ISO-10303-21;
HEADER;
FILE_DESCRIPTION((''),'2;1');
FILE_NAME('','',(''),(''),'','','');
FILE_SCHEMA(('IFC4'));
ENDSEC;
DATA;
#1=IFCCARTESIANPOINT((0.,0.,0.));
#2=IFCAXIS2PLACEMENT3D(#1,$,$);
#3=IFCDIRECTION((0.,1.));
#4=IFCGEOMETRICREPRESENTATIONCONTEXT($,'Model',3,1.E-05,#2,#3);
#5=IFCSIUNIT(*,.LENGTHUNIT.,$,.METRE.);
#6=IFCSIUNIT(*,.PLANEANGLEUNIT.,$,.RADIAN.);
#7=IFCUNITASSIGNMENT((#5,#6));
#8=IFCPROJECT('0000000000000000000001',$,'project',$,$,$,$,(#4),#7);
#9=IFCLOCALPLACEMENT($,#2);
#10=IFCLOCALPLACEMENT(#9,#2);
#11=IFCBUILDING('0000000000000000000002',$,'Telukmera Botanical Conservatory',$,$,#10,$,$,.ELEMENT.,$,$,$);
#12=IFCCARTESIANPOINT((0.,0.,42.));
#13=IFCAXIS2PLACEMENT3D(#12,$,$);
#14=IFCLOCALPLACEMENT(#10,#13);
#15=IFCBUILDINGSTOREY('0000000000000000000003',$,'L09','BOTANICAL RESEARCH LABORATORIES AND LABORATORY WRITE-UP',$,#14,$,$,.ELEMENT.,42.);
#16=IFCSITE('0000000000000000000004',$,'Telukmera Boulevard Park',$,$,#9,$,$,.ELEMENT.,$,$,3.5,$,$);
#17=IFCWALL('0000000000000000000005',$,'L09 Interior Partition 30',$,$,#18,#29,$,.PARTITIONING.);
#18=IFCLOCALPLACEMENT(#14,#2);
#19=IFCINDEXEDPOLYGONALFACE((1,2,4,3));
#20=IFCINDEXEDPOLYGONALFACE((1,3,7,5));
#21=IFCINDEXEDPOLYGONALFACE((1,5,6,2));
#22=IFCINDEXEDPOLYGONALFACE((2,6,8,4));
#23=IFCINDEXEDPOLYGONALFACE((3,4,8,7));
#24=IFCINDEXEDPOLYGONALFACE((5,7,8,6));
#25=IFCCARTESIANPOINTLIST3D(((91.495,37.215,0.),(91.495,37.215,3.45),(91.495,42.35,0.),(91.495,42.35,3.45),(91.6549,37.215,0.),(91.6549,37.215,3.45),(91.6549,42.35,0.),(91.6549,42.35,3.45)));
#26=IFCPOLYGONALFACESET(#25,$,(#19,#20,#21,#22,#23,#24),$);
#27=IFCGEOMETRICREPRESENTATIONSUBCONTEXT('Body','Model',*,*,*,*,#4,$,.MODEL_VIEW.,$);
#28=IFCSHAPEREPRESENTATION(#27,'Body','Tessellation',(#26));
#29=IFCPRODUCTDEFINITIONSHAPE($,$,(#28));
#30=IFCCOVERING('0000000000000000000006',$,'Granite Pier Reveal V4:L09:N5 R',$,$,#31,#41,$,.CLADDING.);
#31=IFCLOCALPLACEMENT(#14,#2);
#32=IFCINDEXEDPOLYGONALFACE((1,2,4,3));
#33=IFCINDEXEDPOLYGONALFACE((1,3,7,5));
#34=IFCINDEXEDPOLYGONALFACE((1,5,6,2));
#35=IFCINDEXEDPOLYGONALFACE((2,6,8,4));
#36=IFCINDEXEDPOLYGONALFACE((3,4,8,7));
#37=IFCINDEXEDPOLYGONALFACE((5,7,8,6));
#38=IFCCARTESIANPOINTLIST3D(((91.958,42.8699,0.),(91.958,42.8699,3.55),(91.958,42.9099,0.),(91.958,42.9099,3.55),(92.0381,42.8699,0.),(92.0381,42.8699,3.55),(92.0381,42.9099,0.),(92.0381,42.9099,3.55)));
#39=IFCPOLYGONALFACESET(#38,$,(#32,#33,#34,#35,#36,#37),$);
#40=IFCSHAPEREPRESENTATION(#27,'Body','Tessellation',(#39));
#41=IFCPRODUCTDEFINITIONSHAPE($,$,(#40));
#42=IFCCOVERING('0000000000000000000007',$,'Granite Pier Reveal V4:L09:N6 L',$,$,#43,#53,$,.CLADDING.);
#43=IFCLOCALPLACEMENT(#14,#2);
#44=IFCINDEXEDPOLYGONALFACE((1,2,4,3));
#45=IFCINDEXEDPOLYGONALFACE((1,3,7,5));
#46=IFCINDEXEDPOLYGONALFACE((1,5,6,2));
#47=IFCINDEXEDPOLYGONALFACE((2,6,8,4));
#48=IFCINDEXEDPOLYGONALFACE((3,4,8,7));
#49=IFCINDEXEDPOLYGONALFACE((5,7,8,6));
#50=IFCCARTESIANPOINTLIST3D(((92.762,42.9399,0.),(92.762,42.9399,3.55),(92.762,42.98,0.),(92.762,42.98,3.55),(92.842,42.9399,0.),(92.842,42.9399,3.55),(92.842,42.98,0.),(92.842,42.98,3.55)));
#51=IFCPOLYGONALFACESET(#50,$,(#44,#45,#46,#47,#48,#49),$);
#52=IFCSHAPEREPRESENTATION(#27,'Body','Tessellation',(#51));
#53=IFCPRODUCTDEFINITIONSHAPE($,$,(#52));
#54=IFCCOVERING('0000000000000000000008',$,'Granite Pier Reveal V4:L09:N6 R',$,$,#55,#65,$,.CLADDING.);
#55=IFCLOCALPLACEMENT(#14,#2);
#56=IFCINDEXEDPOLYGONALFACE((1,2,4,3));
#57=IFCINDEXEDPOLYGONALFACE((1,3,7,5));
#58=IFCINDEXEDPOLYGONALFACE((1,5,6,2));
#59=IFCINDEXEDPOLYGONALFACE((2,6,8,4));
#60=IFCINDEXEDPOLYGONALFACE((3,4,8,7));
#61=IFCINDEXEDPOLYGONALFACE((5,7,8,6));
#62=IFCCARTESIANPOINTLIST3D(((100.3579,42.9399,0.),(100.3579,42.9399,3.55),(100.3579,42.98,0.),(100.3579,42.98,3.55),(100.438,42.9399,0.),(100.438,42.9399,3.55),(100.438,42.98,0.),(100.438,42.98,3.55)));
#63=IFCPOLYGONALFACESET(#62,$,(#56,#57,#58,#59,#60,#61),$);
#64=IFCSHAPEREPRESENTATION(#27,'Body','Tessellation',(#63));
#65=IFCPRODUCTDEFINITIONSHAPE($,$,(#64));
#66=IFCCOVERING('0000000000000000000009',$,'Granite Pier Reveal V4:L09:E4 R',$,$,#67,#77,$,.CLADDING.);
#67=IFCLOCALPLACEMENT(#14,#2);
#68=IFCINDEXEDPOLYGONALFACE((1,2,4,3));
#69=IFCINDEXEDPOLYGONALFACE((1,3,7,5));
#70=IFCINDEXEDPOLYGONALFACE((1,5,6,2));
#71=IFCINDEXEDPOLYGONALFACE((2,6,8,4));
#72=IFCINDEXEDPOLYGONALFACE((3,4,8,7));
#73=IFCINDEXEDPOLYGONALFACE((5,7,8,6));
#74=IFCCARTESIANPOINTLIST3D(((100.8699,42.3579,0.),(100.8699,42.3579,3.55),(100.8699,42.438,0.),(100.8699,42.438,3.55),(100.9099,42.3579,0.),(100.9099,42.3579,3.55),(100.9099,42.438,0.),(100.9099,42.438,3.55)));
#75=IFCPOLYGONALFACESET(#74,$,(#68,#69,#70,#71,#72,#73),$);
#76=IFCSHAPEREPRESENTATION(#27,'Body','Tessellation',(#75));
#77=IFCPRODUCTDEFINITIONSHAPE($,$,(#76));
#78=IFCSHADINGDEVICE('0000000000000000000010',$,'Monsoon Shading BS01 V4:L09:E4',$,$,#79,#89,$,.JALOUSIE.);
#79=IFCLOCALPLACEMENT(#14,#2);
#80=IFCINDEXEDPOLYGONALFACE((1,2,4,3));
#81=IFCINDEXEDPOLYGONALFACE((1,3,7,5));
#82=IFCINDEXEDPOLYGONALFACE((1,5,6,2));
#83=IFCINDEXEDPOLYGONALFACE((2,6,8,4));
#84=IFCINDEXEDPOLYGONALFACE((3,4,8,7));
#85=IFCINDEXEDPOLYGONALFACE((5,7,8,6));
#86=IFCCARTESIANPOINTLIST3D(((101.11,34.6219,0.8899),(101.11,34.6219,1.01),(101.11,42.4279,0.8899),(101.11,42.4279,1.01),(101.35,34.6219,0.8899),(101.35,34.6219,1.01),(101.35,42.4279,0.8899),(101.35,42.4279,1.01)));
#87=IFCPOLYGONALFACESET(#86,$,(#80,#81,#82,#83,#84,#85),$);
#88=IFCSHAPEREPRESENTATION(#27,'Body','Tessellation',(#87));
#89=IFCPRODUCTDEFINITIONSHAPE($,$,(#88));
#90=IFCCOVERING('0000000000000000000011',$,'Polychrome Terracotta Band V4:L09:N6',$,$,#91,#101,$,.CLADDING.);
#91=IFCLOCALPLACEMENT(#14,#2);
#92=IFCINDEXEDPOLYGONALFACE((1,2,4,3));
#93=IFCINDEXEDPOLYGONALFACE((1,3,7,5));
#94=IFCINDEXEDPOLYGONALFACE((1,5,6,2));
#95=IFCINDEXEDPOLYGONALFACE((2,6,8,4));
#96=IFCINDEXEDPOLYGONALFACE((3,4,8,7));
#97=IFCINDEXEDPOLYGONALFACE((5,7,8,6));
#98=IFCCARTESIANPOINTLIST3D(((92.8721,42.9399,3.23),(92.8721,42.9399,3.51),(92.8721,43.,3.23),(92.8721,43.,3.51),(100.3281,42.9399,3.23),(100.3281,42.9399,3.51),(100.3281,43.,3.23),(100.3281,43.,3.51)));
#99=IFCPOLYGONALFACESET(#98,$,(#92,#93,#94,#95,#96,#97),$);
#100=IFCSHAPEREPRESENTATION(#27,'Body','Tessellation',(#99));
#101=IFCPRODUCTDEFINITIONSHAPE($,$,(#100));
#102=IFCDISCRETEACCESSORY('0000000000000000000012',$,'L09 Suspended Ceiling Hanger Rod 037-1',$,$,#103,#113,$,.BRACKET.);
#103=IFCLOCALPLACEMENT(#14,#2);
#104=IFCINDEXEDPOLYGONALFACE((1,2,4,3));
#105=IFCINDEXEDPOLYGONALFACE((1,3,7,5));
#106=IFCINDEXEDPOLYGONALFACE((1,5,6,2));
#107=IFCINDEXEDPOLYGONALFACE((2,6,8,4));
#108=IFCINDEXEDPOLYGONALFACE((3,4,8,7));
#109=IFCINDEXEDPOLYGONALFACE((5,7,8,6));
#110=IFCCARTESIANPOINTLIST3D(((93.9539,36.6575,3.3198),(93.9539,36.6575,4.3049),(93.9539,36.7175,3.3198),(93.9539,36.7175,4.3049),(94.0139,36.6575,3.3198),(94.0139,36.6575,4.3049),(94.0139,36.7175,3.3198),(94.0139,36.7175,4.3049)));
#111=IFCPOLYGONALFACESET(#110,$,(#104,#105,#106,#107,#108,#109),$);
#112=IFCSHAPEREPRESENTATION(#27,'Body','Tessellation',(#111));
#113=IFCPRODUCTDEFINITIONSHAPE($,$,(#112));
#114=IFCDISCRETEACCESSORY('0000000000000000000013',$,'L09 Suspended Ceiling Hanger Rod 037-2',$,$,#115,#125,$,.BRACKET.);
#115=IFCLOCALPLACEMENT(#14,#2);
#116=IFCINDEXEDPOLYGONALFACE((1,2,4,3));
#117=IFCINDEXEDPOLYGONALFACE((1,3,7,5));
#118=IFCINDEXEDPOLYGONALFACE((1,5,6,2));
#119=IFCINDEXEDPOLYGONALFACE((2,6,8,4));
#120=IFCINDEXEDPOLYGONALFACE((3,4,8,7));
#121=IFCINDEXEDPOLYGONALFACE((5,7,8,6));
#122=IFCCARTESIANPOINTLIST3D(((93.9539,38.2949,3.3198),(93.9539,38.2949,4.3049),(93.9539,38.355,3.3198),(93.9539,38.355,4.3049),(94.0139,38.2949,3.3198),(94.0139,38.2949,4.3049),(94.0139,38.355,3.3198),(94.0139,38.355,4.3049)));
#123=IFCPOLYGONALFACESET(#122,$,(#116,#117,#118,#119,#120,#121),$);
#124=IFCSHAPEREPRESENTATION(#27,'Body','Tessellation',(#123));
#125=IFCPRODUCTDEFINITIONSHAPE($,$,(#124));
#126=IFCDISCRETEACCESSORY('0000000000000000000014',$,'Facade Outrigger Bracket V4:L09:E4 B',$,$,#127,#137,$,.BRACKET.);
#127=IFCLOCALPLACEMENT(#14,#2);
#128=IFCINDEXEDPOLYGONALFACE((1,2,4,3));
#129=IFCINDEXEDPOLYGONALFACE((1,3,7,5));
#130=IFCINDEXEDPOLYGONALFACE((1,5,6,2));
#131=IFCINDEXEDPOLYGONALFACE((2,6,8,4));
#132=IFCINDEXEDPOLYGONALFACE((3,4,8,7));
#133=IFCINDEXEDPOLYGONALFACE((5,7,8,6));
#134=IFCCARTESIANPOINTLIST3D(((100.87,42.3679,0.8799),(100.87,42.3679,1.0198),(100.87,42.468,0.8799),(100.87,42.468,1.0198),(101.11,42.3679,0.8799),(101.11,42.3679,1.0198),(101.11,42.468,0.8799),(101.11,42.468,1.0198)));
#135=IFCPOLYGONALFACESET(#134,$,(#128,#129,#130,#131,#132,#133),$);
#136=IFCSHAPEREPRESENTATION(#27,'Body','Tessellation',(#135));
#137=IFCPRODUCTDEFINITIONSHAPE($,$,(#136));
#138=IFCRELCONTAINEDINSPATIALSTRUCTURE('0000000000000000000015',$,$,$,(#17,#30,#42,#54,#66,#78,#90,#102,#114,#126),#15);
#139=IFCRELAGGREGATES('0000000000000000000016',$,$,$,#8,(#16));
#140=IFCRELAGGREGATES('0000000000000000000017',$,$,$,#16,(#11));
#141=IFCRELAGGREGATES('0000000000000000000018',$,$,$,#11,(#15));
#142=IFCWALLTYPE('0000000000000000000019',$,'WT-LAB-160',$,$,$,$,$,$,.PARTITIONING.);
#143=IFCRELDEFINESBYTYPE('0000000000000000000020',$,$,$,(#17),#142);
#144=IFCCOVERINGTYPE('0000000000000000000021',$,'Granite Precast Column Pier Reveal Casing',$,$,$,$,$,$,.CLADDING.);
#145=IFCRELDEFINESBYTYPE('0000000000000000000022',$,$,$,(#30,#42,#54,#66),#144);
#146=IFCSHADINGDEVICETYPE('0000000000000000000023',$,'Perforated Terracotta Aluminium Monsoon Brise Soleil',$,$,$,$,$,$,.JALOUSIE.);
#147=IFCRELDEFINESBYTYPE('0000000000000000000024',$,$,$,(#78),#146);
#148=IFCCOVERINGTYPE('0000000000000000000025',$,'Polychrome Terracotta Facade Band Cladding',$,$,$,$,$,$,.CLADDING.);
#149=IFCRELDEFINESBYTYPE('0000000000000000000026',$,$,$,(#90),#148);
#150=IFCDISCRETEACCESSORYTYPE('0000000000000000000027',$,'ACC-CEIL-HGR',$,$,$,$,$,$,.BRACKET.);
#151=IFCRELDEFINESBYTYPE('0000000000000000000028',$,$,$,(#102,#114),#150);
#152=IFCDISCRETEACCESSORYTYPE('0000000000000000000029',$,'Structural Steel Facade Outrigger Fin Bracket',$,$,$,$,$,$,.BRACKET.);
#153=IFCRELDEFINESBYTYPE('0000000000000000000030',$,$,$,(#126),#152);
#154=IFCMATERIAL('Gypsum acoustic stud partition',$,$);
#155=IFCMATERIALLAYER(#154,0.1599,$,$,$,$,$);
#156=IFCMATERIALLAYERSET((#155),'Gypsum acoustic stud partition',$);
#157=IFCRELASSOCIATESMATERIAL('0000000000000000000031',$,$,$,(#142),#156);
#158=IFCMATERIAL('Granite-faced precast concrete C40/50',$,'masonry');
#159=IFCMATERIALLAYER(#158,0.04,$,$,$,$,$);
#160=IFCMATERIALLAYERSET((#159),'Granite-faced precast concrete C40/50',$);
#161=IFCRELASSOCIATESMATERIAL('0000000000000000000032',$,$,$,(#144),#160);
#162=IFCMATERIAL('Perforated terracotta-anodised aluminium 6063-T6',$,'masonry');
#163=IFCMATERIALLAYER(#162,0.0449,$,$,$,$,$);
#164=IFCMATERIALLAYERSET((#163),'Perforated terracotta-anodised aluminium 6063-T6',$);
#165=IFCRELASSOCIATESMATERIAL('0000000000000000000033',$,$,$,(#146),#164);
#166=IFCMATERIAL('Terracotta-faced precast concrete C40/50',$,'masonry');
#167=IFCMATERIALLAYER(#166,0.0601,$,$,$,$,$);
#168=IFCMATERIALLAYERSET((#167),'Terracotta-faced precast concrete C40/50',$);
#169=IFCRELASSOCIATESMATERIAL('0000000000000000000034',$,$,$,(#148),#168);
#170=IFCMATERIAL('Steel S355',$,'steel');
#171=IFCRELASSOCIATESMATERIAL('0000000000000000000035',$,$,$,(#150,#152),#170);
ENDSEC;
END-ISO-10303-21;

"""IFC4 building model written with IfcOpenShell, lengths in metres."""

from ifc_helpers import new_model, si_unit, direction, frame, frame_2d, origin, origin_2d, place, context, subcontext, project, spatial, rectangle, extrude, material, layer, layer_set, type_object, element, save


model = new_model("IFC4")

# Units and contexts
model_context = context("Model", 3, precision=1e-05, world=origin(), true_north=direction((0.0, 1.0)))
body_context = subcontext(model_context, "Body", "Model", "MODEL_VIEW")
ifc_project = project(units=[si_unit("LENGTHUNIT", "METRE"), si_unit("PLANEANGLEUNIT", "RADIAN")], contexts=[model_context])

# Site, building, storey
site_placement = place(None, origin())
site = spatial("IfcSite", under=ifc_project, at=site_placement, Name="Telukmera Boulevard Park", CompositionType="ELEMENT", RefElevation=3.5)
building_placement = place(site_placement, origin())
building = spatial("IfcBuilding", under=site, at=building_placement, Name="Telukmera Botanical Conservatory", CompositionType="ELEMENT")
storey_placement = place(building_placement, frame((0.0, 0.0, 42.0)))
storey = spatial("IfcBuildingStorey", under=building, at=storey_placement, Name="L09", Description="BOTANICAL RESEARCH LABORATORIES AND LABORATORY WRITE-UP", CompositionType="ELEMENT", Elevation=42.0)

# Wall
ifc_material_1 = material(Name="Gypsum acoustic stud partition")
ifc_layer_1 = layer(ifc_material_1, 0.1599)
ifc_layer_set_1 = layer_set([ifc_layer_1], Name="Gypsum acoustic stud partition")
wall_type_1 = type_object("IfcWallType", Name="WT-LAB-160", PredefinedType="PARTITIONING", material=ifc_layer_set_1)
wall_1_placement = place(storey_placement, frame((91.575, 37.2151, 0.0), z_axis=(0.0, 0.0, 1.0), x_axis=(0.0, 1.0, 0.0)))
element("IfcWall", 1, at=wall_1_placement, inside=storey, type_object=wall_type_1, Name="L09 Interior Partition 30", PredefinedType="PARTITIONING", context=body_context, shape_type="SweptSolid", body=[
    extrude(rectangle(XDim=5.135, YDim=0.1599, at=frame_2d((2.5674, 0.0))), origin(), (0.0, 0.0, 1.0), 3.45),
])

# Coverings
ifc_material_2 = material(Name="Granite-faced precast concrete C40/50", Category="masonry")
ifc_layer_2 = layer(ifc_material_2, 0.04)
ifc_layer_set_2 = layer_set([ifc_layer_2], Name="Granite-faced precast concrete C40/50")
covering_type_1 = type_object("IfcCoveringType", Name="Granite Precast Column Pier Reveal Casing", PredefinedType="CLADDING", material=ifc_layer_set_2)
for number, where, z_axis, x_axis, name in (
    (2, (91.998, 42.8899, 0.0), (0.0, 0.0, 1.0), (1.0, 0.0, 0.0), "Granite Pier Reveal V4:L09:N5 R"),
    (3, (92.802, 42.96, 0.0), (0.0, 0.0, 1.0), (1.0, 0.0, 0.0), "Granite Pier Reveal V4:L09:N6 L"),
    (4, (100.3979, 42.96, 0.0), (0.0, 0.0, 1.0), (1.0, 0.0, 0.0), "Granite Pier Reveal V4:L09:N6 R"),
    (5, (100.8899, 42.3979, 0.0), (0.0, 0.0, 1.0), (0.0, 1.0, 0.0), "Granite Pier Reveal V4:L09:E4 R"),
):
    element("IfcCovering", number, at=place(storey_placement, frame(where, z_axis=z_axis, x_axis=x_axis)), inside=storey, type_object=covering_type_1, Name=name, PredefinedType="CLADDING", context=body_context, shape_type="SweptSolid", body=[
        extrude(rectangle(XDim=0.0801, YDim=0.04, at=origin_2d()), origin(), (0.0, 0.0, 1.0), 3.55),
    ])

# Shading device
ifc_material_3 = material(Name="Perforated terracotta-anodised aluminium 6063-T6", Category="masonry")
ifc_layer_3 = layer(ifc_material_3, 0.0449)
ifc_layer_set_3 = layer_set([ifc_layer_3], Name="Perforated terracotta-anodised aluminium 6063-T6")
shading_device_type = type_object("IfcShadingDeviceType", Name="Perforated Terracotta Aluminium Monsoon Brise Soleil", PredefinedType="JALOUSIE", material=ifc_layer_set_3)
shading_device_placement = place(storey_placement, frame((101.23, 38.5249, 0.8899), z_axis=(0.0, 0.0, 1.0), x_axis=(0.0, 1.0, 0.0)))
element("IfcShadingDevice", 6, at=shading_device_placement, inside=storey, type_object=shading_device_type, Name="Monsoon Shading BS01 V4:L09:E4", PredefinedType="JALOUSIE", context=body_context, shape_type="SweptSolid", body=[
    extrude(rectangle(XDim=7.8059, YDim=0.24, at=origin_2d()), origin(), (0.0, 0.0, 1.0), 0.1201),
])

# Covering
ifc_material_4 = material(Name="Terracotta-faced precast concrete C40/50", Category="masonry")
ifc_layer_4 = layer(ifc_material_4, 0.0601)
ifc_layer_set_4 = layer_set([ifc_layer_4], Name="Terracotta-faced precast concrete C40/50")
covering_type_2 = type_object("IfcCoveringType", Name="Polychrome Terracotta Facade Band Cladding", PredefinedType="CLADDING", material=ifc_layer_set_4)
covering_placement = place(storey_placement, frame((96.6001, 42.97, 3.23), z_axis=(0.0, 0.0, 1.0), x_axis=(1.0, 0.0, 0.0)))
element("IfcCovering", 7, at=covering_placement, inside=storey, type_object=covering_type_2, Name="Polychrome Terracotta Band V4:L09:N6", PredefinedType="CLADDING", context=body_context, shape_type="SweptSolid", body=[
    extrude(rectangle(XDim=7.4561, YDim=0.0601, at=origin_2d()), origin(), (0.0, 0.0, 1.0), 0.28),
])

# Discrete accessories
ifc_material_5 = material(Name="Steel S355", Category="steel")
discrete_accessory_type_1 = type_object("IfcDiscreteAccessoryType", Name="ACC-CEIL-HGR", PredefinedType="BRACKET", material=ifc_material_5)
for number, where, z_axis, x_axis, name in (
    (8, (93.9839, 36.6875, 3.3198), (0.0, 0.0, 1.0), (1.0, 0.0, 0.0), "L09 Suspended Ceiling Hanger Rod 037-1"),
    (9, (93.9839, 38.325, 3.3198), (0.0, 0.0, 1.0), (1.0, 0.0, 0.0), "L09 Suspended Ceiling Hanger Rod 037-2"),
):
    element("IfcDiscreteAccessory", number, at=place(storey_placement, frame(where, z_axis=z_axis, x_axis=x_axis)), inside=storey, type_object=discrete_accessory_type_1, Name=name, PredefinedType="BRACKET", context=body_context, shape_type="SweptSolid", body=[
        extrude(rectangle(XDim=0.0601, YDim=0.0601, at=origin_2d()), origin(), (0.0, 0.0, 1.0), 0.9851),
    ])
discrete_accessory_type_2 = type_object("IfcDiscreteAccessoryType", Name="Structural Steel Facade Outrigger Fin Bracket", PredefinedType="BRACKET", material=ifc_material_5)
discrete_accessory_placement = place(storey_placement, frame((100.99, 42.418, 0.8799), z_axis=(0.0, 0.0, 1.0), x_axis=(0.0, 1.0, 0.0)))
element("IfcDiscreteAccessory", 10, at=discrete_accessory_placement, inside=storey, type_object=discrete_accessory_type_2, Name="Facade Outrigger Bracket V4:L09:E4 B", PredefinedType="BRACKET", context=body_context, shape_type="SweptSolid", body=[
    extrude(rectangle(XDim=0.1001, YDim=0.24, at=origin_2d()), origin(), (0.0, 0.0, 1.0), 0.1399),
])

save(model, "model.ifc")
